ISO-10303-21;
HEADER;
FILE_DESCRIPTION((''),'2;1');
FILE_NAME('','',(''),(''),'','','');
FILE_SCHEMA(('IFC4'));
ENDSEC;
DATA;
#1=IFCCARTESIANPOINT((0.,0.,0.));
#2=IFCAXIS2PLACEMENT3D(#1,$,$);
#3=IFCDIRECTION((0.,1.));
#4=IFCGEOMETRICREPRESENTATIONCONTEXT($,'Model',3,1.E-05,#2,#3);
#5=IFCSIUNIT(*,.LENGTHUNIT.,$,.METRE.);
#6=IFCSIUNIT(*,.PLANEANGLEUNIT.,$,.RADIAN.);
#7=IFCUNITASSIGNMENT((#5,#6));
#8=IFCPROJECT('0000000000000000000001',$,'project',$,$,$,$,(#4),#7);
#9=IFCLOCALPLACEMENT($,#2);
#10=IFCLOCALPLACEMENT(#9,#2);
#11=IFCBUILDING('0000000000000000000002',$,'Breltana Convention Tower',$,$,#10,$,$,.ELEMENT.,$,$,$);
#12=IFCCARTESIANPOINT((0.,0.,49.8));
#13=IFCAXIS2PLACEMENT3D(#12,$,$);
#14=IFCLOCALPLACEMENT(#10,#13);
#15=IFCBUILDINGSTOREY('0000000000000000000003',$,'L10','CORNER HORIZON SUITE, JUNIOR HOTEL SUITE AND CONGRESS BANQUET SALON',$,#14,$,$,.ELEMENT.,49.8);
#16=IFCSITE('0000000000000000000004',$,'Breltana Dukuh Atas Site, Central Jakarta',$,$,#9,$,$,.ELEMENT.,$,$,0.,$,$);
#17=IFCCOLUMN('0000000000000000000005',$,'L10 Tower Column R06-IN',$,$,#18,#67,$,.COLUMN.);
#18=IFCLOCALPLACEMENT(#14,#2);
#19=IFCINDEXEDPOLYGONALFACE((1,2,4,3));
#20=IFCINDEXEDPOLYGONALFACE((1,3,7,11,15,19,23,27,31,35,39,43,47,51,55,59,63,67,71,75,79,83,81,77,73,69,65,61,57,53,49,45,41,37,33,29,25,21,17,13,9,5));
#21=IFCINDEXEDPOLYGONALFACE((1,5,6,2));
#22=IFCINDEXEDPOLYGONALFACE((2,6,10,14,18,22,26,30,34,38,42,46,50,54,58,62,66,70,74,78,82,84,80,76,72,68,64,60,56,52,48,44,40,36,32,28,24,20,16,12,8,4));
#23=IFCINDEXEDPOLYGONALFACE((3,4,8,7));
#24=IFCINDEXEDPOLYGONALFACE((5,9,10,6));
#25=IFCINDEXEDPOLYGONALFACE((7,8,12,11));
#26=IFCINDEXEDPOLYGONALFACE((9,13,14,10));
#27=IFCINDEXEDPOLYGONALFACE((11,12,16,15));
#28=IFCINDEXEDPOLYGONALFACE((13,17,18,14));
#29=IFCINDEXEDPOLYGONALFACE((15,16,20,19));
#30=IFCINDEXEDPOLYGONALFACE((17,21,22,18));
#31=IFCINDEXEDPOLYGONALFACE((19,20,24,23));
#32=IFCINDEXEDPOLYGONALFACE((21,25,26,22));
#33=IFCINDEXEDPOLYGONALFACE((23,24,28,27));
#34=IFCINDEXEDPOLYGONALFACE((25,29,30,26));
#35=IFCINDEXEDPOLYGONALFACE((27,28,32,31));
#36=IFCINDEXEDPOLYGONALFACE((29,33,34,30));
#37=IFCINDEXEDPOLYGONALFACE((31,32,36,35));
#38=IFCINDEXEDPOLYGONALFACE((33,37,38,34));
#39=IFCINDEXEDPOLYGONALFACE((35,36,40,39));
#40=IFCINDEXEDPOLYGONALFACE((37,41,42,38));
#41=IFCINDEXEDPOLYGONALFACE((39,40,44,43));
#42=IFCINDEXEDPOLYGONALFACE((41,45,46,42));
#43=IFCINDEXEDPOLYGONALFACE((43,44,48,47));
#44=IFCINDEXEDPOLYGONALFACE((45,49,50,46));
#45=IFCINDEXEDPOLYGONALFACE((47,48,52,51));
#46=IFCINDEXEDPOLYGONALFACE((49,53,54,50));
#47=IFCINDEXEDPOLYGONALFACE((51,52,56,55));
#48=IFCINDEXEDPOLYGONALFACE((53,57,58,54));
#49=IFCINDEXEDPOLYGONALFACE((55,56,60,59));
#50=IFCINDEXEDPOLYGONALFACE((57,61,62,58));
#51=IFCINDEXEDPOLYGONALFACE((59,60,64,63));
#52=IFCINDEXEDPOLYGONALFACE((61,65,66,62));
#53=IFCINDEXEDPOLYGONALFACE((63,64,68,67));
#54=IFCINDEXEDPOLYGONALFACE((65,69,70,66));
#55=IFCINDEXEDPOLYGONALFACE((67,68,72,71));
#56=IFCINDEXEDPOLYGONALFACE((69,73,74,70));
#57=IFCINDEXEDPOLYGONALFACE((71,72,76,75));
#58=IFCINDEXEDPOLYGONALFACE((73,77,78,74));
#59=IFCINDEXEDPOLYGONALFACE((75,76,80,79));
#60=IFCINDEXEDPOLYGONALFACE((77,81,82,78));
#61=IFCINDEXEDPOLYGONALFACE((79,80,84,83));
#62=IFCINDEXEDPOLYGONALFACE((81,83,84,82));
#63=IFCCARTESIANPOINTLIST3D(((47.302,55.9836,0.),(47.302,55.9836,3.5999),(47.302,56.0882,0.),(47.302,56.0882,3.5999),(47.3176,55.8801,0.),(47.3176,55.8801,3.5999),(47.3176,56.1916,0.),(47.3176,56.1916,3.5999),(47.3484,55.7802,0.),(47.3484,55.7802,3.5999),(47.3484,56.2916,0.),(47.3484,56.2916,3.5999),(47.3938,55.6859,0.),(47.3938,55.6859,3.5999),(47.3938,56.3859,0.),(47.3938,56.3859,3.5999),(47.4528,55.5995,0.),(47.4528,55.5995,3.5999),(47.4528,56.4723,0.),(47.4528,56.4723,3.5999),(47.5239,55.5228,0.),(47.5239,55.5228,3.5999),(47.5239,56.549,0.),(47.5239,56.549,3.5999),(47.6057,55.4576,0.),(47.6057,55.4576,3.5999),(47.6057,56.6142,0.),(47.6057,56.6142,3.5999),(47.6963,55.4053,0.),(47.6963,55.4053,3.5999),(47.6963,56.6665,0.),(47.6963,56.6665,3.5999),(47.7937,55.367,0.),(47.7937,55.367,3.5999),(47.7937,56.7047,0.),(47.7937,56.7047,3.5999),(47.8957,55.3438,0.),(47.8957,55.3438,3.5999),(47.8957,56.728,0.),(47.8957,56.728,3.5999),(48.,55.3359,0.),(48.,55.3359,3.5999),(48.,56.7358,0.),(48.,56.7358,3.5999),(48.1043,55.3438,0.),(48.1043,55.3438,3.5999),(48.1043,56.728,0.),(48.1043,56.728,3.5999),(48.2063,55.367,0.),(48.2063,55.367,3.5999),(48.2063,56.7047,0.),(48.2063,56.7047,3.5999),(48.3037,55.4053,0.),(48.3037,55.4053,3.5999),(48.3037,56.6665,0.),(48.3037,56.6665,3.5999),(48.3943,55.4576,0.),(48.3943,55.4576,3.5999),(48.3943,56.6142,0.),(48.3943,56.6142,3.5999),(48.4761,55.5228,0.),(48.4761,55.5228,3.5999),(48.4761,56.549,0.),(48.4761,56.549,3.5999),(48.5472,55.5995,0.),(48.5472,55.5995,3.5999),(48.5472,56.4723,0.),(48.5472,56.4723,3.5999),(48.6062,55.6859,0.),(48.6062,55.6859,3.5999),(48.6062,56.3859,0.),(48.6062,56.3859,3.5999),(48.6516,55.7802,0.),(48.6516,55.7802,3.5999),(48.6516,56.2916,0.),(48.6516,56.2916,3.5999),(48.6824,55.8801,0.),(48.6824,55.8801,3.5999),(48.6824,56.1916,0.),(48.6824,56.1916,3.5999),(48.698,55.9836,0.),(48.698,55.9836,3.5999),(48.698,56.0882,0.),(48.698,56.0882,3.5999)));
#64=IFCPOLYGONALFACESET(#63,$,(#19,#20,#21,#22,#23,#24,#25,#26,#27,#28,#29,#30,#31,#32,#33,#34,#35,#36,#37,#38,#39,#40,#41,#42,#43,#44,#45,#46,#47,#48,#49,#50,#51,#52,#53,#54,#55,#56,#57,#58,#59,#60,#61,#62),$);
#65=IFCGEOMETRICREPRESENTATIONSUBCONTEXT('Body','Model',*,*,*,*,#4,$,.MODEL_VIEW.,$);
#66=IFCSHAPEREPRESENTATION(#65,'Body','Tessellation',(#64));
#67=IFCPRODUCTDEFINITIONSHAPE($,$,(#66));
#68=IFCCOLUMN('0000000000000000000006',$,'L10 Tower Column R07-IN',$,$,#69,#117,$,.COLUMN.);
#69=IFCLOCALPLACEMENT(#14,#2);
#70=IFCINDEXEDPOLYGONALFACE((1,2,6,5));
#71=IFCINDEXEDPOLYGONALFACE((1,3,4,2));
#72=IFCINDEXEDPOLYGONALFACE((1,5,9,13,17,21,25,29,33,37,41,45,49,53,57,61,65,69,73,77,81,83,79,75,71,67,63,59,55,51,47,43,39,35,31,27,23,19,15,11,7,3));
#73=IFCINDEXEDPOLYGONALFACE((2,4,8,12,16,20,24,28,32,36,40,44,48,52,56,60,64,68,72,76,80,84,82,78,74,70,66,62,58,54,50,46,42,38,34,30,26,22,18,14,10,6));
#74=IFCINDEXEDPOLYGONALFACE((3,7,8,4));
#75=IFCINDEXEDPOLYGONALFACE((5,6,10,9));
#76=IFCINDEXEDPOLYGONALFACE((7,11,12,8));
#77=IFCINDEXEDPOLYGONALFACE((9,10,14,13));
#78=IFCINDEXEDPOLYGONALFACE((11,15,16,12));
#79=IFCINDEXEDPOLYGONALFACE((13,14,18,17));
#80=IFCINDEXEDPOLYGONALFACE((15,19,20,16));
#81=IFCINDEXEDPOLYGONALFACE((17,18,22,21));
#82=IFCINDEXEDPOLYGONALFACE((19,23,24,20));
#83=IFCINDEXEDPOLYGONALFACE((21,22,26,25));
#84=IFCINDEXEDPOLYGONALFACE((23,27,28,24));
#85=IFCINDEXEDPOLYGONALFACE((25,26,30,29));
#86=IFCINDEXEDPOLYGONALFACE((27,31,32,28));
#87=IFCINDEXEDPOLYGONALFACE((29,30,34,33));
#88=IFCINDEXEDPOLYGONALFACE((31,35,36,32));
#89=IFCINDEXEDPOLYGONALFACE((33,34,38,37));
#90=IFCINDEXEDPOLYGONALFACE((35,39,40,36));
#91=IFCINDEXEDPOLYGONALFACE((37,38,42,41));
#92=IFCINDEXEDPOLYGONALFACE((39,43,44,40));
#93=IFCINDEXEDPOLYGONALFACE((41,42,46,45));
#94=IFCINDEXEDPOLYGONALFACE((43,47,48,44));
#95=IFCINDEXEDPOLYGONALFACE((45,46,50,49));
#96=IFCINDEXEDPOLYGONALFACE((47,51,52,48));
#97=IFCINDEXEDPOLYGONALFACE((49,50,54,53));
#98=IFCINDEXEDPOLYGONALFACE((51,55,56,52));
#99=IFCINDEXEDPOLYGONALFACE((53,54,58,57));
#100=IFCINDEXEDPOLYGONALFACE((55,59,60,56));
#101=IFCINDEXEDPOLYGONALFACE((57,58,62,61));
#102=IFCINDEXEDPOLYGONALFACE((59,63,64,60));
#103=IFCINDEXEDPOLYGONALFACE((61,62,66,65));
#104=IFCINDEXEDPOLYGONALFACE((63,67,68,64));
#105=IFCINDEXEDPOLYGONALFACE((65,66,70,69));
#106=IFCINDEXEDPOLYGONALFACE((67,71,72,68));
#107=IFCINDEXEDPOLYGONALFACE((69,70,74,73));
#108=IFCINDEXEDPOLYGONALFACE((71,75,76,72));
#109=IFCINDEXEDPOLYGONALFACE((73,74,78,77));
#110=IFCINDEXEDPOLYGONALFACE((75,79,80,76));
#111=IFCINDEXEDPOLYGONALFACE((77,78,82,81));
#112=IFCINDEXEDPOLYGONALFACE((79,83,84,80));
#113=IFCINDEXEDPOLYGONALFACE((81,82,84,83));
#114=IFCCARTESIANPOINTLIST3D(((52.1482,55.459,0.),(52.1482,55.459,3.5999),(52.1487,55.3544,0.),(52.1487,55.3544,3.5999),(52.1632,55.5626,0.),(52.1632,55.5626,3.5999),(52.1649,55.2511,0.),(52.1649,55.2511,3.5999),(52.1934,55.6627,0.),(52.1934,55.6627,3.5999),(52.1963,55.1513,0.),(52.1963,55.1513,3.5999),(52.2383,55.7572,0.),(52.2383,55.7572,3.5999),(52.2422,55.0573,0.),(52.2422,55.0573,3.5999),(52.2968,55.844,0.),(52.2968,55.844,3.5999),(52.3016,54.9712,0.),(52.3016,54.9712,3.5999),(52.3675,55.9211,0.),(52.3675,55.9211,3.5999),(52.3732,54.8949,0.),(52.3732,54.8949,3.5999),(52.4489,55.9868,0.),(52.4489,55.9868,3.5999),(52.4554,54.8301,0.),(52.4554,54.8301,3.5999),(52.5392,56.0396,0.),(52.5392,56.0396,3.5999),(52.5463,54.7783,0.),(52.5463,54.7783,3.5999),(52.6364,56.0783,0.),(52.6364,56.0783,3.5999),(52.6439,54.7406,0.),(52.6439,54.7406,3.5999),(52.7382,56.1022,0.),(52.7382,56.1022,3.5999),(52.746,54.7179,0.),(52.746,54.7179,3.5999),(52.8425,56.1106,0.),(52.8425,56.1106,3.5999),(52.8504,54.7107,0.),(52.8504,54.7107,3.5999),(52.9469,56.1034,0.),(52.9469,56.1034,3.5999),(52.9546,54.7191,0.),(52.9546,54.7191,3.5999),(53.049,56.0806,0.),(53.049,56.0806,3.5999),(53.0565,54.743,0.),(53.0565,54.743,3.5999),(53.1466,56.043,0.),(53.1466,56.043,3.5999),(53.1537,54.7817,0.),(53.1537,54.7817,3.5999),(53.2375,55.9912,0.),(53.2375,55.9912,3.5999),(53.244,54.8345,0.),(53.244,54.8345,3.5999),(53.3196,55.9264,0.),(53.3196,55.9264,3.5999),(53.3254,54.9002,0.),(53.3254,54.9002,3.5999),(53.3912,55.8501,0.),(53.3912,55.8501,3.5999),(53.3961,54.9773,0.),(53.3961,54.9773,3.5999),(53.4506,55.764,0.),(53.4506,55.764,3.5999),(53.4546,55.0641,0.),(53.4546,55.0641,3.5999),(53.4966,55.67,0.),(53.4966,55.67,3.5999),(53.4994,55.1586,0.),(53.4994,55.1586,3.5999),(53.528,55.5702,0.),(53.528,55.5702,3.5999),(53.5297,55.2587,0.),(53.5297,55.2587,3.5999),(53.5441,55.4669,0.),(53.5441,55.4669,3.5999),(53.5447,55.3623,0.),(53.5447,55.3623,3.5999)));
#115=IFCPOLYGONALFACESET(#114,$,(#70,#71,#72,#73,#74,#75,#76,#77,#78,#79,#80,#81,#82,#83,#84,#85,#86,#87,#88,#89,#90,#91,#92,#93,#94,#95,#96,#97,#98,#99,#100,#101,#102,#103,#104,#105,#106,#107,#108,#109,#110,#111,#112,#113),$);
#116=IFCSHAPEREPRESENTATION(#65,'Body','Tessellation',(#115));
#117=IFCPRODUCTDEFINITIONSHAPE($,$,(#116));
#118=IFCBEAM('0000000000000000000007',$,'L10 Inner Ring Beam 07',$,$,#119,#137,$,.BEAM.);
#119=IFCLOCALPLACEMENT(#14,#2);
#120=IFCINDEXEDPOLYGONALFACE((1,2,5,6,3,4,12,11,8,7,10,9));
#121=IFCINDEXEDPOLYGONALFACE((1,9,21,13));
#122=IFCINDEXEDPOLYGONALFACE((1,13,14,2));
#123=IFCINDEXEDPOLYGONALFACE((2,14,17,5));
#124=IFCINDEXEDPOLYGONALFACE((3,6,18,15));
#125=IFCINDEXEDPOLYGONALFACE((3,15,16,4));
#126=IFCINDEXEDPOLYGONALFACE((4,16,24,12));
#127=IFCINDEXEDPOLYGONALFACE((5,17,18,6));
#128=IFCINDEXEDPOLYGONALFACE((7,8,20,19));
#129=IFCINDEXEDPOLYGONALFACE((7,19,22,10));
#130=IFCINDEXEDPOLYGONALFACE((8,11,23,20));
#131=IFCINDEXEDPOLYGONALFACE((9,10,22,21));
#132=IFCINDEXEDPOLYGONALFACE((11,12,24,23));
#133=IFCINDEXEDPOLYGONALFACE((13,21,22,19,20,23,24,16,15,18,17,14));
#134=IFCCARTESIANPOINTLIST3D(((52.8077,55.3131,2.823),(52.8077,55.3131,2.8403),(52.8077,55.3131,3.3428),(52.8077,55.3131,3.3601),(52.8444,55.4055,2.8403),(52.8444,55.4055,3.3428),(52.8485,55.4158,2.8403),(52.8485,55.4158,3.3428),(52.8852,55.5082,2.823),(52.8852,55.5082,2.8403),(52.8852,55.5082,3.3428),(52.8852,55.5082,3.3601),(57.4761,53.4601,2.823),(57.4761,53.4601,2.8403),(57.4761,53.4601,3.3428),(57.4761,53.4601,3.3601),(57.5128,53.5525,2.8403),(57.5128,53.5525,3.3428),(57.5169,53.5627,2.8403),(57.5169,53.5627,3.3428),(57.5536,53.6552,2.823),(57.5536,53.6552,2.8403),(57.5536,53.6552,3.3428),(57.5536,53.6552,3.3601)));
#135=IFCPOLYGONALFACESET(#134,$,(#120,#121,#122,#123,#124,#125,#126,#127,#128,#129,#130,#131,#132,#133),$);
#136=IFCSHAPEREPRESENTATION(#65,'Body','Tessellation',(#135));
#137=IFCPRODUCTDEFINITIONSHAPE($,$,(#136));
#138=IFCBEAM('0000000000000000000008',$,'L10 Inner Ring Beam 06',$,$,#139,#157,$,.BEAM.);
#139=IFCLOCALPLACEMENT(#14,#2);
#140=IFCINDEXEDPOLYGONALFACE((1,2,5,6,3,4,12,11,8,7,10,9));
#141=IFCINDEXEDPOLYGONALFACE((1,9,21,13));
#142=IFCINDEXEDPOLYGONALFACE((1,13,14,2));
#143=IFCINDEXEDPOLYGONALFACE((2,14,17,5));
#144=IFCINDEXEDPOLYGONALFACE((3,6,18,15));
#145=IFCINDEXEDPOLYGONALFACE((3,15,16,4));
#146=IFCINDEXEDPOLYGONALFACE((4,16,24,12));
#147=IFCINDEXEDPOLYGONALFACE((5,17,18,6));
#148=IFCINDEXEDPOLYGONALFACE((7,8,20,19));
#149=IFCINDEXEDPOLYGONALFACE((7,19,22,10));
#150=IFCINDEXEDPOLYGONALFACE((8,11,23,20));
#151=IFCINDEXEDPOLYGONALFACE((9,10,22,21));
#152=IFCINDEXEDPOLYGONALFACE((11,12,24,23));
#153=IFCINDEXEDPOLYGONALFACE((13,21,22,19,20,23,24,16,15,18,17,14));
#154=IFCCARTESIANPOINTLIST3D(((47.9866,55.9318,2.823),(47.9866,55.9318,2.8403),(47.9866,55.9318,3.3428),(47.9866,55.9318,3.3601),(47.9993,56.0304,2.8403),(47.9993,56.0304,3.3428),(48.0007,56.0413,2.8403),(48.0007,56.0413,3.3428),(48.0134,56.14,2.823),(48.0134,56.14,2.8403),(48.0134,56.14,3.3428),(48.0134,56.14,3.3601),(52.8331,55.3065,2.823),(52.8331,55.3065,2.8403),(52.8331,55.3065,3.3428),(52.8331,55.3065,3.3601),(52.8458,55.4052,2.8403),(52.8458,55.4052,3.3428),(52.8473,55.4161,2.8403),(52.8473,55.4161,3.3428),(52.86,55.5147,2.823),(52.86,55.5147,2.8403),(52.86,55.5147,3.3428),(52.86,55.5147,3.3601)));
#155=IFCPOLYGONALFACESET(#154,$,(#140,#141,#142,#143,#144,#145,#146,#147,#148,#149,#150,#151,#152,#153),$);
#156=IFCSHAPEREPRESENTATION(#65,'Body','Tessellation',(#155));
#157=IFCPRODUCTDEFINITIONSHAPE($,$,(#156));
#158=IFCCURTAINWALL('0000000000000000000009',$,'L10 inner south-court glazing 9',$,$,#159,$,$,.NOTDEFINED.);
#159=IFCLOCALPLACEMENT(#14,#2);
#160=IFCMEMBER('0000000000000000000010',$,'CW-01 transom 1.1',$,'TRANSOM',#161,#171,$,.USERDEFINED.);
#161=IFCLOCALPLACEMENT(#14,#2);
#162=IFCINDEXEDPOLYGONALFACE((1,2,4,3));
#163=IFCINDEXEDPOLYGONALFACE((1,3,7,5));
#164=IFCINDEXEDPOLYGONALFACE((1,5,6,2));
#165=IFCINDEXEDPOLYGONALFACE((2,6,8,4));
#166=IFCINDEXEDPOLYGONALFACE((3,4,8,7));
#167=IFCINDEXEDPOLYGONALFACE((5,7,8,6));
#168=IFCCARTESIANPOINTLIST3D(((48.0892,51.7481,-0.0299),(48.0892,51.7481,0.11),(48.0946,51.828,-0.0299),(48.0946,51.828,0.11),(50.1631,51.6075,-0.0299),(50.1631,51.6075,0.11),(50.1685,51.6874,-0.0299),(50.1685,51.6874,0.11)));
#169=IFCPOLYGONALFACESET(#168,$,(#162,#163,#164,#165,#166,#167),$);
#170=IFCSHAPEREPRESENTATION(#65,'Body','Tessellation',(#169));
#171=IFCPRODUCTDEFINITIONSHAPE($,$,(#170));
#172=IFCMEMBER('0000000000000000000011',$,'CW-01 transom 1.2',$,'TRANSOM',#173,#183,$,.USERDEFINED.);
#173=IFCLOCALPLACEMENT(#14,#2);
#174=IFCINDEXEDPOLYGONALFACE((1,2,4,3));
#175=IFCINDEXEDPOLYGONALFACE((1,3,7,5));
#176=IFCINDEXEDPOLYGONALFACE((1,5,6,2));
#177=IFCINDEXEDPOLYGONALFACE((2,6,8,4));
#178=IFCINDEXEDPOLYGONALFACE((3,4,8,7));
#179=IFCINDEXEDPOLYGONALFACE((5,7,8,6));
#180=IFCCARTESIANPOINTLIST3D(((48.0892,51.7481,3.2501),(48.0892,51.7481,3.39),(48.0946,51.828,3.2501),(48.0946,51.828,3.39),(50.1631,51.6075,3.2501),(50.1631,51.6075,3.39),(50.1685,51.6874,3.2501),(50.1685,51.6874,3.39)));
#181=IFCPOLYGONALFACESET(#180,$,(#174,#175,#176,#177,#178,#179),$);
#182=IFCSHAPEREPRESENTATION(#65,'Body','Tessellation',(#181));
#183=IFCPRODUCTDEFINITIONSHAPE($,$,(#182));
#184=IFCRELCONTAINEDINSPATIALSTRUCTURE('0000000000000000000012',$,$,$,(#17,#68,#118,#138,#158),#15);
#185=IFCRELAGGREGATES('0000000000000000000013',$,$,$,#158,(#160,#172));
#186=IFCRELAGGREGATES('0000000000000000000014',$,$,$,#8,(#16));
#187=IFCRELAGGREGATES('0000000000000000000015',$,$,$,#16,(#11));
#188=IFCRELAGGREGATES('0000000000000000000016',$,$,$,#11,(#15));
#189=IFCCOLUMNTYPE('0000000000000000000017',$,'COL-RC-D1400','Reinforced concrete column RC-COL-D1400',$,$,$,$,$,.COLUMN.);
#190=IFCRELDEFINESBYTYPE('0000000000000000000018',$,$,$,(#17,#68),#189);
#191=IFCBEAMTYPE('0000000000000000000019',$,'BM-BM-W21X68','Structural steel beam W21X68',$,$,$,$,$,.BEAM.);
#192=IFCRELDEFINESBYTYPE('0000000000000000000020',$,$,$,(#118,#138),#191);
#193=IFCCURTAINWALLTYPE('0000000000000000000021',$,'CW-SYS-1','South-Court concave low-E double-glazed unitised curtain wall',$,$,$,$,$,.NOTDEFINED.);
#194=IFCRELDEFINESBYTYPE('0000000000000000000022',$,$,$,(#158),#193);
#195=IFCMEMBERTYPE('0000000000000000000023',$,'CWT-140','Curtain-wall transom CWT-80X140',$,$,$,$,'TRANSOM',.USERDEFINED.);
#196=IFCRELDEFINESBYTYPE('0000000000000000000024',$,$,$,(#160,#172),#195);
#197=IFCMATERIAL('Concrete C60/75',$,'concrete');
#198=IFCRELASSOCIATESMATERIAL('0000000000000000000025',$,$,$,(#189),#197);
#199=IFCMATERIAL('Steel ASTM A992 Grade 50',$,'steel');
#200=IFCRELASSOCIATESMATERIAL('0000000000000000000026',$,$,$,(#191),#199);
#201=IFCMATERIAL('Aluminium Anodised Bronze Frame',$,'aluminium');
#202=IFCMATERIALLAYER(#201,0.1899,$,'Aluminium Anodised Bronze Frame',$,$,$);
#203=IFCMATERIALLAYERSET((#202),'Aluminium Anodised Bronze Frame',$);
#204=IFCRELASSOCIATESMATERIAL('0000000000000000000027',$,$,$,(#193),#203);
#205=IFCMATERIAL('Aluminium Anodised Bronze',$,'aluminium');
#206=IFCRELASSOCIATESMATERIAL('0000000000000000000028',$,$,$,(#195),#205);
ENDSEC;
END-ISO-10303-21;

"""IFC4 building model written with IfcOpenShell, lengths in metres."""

from ifc_helpers import new_model, si_unit, direction, frame, origin, origin_2d, place, context, subcontext, project, spatial, rectangle, circle, i_section, extrude, source, transform, mapped, material, layer, layer_set, material_profile, profile_set, type_object, element, aggregate, save


model = new_model("IFC4")

# Units and contexts
model_context = context("Model", 3, precision=1e-05, world=origin(), true_north=direction((0.0, 1.0)))
body_context = subcontext(model_context, "Body", "Model", "MODEL_VIEW")
ifc_project = project(units=[si_unit("LENGTHUNIT", "METRE"), si_unit("PLANEANGLEUNIT", "RADIAN")], contexts=[model_context])

# Site, building, storey
site_placement = place(None, origin())
site = spatial("IfcSite", under=ifc_project, at=site_placement, Name="Breltana Dukuh Atas Site, Central Jakarta", CompositionType="ELEMENT", RefElevation=0.0)
building_placement = place(site_placement, origin())
building = spatial("IfcBuilding", under=site, at=building_placement, Name="Breltana Convention Tower", CompositionType="ELEMENT")
storey_placement = place(building_placement, frame((0.0, 0.0, 49.8)))
storey = spatial("IfcBuildingStorey", under=building, at=storey_placement, Name="L10", Description="CORNER HORIZON SUITE, JUNIOR HOTEL SUITE AND CONGRESS BANQUET SALON", CompositionType="ELEMENT", Elevation=49.8)

# Columns
ifc_material_1 = material(Name="Concrete C60/75", Category="concrete")
ifc_material_profile_1 = material_profile(ifc_material_1, circle(Radius=0.7, at=origin_2d()), Name="RC-COL-D1400")
ifc_profile_set_1 = profile_set([ifc_material_profile_1], Name="Concrete C60/75")
column_type = type_object("IfcColumnType", Name="COL-RC-D1400", Description="Reinforced concrete column RC-COL-D1400", PredefinedType="COLUMN", material=ifc_profile_set_1)
shared_shape_1 = source(origin(), body_context, "Body", "SweptSolid", [
    extrude(circle(Radius=0.7, at=origin_2d()), origin(), (0.0, 0.0, 1.0), 3.5999),
])
for number, where, z_axis, x_axis, name in (
    (1, (48.0, 56.0359, 0.0), (0.0, 0.0, 1.0), (0.0, 1.0, 0.0), "L10 Tower Column R06-IN"),
    (2, (52.8464, 55.4106, 0.0), (0.0, 0.0, 1.0), (0.143493, 0.989651, 0.0), "L10 Tower Column R07-IN"),
):
    element("IfcColumn", number, at=place(storey_placement, frame(where, z_axis=z_axis, x_axis=x_axis)), inside=storey, type_object=column_type, Name=name, PredefinedType="COLUMN", context=body_context, shape_type="MappedRepresentation", body=[
        mapped(shared_shape_1, transform((0.0, 0.0, 0.0), scale=1.0)),
    ])

# Beams
ifc_material_2 = material(Name="Steel ASTM A992 Grade 50", Category="steel")
ifc_material_profile_2 = material_profile(ifc_material_2, i_section(OverallWidth=0.21, OverallDepth=0.5371, WebThickness=0.011, FlangeThickness=0.0173, at=origin_2d()), Name="W21X68")
ifc_profile_set_2 = profile_set([ifc_material_profile_2], Name="Steel ASTM A992 Grade 50")
beam_type = type_object("IfcBeamType", Name="BM-BM-W21X68", Description="Structural steel beam W21X68", PredefinedType="BEAM", material=ifc_profile_set_2)
shared_shape_2 = source(origin(), body_context, "Body", "SweptSolid", [
    extrude(i_section(OverallWidth=0.21, OverallDepth=0.5371, WebThickness=0.011, FlangeThickness=0.0173, at=origin_2d()), origin(), (0.0, 0.0, 1.0), 5.0227),
])
beam_1_placement = place(storey_placement, frame((52.8464, 55.4106, 3.0916), z_axis=(0.929459, -0.368926, 0.0), x_axis=(0.368926, 0.929459, 0.0)))
element("IfcBeam", 3, at=beam_1_placement, inside=storey, type_object=beam_type, Name="L10 Inner Ring Beam 07", PredefinedType="BEAM", context=body_context, shape_type="MappedRepresentation", body=[
    mapped(shared_shape_2, transform((0.0, 0.0, 0.0), scale=1.0)),
])
shared_shape_3 = source(origin(), body_context, "Body", "SweptSolid", [
    extrude(i_section(OverallWidth=0.21, OverallDepth=0.5371, WebThickness=0.011, FlangeThickness=0.0173, at=origin_2d()), origin(), (0.0, 0.0, 1.0), 4.8867),
])
beam_2_placement = place(storey_placement, frame((48.0, 56.0359, 3.0916), z_axis=(0.991781, -0.127951, 0.0), x_axis=(0.127951, 0.991781, 0.0)))
element("IfcBeam", 4, at=beam_2_placement, inside=storey, type_object=beam_type, Name="L10 Inner Ring Beam 06", PredefinedType="BEAM", context=body_context, shape_type="MappedRepresentation", body=[
    mapped(shared_shape_3, transform((0.0, 0.0, 0.0), scale=1.0)),
])

# Curtain wall, members
ifc_material_3 = material(Name="Aluminium Anodised Bronze Frame", Category="aluminium")
ifc_layer_1 = layer(ifc_material_3, 0.1899, Name="Aluminium Anodised Bronze Frame")
ifc_layer_set_1 = layer_set([ifc_layer_1], Name="Aluminium Anodised Bronze Frame")
curtain_wall_type = type_object("IfcCurtainWallType", Name="CW-SYS-1", Description="South-Court concave low-E double-glazed unitised curtain wall", PredefinedType="NOTDEFINED", material=ifc_layer_set_1)
curtain_wall_1_placement = place(storey_placement, origin())
curtain_wall_1 = element("IfcCurtainWall", 5, at=curtain_wall_1_placement, inside=storey, type_object=curtain_wall_type, Name="L10 inner south-court glazing 9", PredefinedType="NOTDEFINED")
ifc_material_4 = material(Name="Aluminium Anodised Bronze", Category="aluminium")
ifc_material_profile_3 = material_profile(ifc_material_4, rectangle(XDim=0.0801, YDim=0.1399, at=origin_2d()), Name="CWT-80X140")
ifc_profile_set_3 = profile_set([ifc_material_profile_3], Name="Aluminium Anodised Bronze")
member_type_1 = type_object("IfcMemberType", Name="CWT-140", Description="Curtain-wall transom CWT-80X140", ElementType="TRANSOM", PredefinedType="USERDEFINED", material=ifc_profile_set_3)
shared_shape_4 = source(origin(), body_context, "Body", "SweptSolid", [
    extrude(rectangle(XDim=0.0801, YDim=0.1399, at=origin_2d()), origin(), (0.0, 0.0, 1.0), 2.0786),
])
member_1_placement = place(storey_placement, frame((50.1658, 51.6475, 0.04), z_axis=(-0.997709, 0.067657, 0.0), x_axis=(-0.067657, -0.997709, 0.0)))
member_1 = element("IfcMember", 6, at=member_1_placement, type_object=member_type_1, Name="CW-01 transom 1.1", ObjectType="TRANSOM", PredefinedType="USERDEFINED", context=body_context, shape_type="MappedRepresentation", body=[
    mapped(shared_shape_4, transform((0.0, 0.0, 0.0), scale=1.0)),
])
member_2_placement = place(storey_placement, frame((50.1658, 51.6475, 3.3201), z_axis=(-0.997709, 0.067657, 0.0), x_axis=(-0.067657, -0.997709, 0.0)))
member_2 = element("IfcMember", 7, at=member_2_placement, type_object=member_type_1, Name="CW-01 transom 1.2", ObjectType="TRANSOM", PredefinedType="USERDEFINED", context=body_context, shape_type="MappedRepresentation", body=[
    mapped(shared_shape_4, transform((0.0, 0.0, 0.0), scale=1.0)),
])

aggregate(curtain_wall_1, [member_1, member_2])

save(model, "model.ifc")
